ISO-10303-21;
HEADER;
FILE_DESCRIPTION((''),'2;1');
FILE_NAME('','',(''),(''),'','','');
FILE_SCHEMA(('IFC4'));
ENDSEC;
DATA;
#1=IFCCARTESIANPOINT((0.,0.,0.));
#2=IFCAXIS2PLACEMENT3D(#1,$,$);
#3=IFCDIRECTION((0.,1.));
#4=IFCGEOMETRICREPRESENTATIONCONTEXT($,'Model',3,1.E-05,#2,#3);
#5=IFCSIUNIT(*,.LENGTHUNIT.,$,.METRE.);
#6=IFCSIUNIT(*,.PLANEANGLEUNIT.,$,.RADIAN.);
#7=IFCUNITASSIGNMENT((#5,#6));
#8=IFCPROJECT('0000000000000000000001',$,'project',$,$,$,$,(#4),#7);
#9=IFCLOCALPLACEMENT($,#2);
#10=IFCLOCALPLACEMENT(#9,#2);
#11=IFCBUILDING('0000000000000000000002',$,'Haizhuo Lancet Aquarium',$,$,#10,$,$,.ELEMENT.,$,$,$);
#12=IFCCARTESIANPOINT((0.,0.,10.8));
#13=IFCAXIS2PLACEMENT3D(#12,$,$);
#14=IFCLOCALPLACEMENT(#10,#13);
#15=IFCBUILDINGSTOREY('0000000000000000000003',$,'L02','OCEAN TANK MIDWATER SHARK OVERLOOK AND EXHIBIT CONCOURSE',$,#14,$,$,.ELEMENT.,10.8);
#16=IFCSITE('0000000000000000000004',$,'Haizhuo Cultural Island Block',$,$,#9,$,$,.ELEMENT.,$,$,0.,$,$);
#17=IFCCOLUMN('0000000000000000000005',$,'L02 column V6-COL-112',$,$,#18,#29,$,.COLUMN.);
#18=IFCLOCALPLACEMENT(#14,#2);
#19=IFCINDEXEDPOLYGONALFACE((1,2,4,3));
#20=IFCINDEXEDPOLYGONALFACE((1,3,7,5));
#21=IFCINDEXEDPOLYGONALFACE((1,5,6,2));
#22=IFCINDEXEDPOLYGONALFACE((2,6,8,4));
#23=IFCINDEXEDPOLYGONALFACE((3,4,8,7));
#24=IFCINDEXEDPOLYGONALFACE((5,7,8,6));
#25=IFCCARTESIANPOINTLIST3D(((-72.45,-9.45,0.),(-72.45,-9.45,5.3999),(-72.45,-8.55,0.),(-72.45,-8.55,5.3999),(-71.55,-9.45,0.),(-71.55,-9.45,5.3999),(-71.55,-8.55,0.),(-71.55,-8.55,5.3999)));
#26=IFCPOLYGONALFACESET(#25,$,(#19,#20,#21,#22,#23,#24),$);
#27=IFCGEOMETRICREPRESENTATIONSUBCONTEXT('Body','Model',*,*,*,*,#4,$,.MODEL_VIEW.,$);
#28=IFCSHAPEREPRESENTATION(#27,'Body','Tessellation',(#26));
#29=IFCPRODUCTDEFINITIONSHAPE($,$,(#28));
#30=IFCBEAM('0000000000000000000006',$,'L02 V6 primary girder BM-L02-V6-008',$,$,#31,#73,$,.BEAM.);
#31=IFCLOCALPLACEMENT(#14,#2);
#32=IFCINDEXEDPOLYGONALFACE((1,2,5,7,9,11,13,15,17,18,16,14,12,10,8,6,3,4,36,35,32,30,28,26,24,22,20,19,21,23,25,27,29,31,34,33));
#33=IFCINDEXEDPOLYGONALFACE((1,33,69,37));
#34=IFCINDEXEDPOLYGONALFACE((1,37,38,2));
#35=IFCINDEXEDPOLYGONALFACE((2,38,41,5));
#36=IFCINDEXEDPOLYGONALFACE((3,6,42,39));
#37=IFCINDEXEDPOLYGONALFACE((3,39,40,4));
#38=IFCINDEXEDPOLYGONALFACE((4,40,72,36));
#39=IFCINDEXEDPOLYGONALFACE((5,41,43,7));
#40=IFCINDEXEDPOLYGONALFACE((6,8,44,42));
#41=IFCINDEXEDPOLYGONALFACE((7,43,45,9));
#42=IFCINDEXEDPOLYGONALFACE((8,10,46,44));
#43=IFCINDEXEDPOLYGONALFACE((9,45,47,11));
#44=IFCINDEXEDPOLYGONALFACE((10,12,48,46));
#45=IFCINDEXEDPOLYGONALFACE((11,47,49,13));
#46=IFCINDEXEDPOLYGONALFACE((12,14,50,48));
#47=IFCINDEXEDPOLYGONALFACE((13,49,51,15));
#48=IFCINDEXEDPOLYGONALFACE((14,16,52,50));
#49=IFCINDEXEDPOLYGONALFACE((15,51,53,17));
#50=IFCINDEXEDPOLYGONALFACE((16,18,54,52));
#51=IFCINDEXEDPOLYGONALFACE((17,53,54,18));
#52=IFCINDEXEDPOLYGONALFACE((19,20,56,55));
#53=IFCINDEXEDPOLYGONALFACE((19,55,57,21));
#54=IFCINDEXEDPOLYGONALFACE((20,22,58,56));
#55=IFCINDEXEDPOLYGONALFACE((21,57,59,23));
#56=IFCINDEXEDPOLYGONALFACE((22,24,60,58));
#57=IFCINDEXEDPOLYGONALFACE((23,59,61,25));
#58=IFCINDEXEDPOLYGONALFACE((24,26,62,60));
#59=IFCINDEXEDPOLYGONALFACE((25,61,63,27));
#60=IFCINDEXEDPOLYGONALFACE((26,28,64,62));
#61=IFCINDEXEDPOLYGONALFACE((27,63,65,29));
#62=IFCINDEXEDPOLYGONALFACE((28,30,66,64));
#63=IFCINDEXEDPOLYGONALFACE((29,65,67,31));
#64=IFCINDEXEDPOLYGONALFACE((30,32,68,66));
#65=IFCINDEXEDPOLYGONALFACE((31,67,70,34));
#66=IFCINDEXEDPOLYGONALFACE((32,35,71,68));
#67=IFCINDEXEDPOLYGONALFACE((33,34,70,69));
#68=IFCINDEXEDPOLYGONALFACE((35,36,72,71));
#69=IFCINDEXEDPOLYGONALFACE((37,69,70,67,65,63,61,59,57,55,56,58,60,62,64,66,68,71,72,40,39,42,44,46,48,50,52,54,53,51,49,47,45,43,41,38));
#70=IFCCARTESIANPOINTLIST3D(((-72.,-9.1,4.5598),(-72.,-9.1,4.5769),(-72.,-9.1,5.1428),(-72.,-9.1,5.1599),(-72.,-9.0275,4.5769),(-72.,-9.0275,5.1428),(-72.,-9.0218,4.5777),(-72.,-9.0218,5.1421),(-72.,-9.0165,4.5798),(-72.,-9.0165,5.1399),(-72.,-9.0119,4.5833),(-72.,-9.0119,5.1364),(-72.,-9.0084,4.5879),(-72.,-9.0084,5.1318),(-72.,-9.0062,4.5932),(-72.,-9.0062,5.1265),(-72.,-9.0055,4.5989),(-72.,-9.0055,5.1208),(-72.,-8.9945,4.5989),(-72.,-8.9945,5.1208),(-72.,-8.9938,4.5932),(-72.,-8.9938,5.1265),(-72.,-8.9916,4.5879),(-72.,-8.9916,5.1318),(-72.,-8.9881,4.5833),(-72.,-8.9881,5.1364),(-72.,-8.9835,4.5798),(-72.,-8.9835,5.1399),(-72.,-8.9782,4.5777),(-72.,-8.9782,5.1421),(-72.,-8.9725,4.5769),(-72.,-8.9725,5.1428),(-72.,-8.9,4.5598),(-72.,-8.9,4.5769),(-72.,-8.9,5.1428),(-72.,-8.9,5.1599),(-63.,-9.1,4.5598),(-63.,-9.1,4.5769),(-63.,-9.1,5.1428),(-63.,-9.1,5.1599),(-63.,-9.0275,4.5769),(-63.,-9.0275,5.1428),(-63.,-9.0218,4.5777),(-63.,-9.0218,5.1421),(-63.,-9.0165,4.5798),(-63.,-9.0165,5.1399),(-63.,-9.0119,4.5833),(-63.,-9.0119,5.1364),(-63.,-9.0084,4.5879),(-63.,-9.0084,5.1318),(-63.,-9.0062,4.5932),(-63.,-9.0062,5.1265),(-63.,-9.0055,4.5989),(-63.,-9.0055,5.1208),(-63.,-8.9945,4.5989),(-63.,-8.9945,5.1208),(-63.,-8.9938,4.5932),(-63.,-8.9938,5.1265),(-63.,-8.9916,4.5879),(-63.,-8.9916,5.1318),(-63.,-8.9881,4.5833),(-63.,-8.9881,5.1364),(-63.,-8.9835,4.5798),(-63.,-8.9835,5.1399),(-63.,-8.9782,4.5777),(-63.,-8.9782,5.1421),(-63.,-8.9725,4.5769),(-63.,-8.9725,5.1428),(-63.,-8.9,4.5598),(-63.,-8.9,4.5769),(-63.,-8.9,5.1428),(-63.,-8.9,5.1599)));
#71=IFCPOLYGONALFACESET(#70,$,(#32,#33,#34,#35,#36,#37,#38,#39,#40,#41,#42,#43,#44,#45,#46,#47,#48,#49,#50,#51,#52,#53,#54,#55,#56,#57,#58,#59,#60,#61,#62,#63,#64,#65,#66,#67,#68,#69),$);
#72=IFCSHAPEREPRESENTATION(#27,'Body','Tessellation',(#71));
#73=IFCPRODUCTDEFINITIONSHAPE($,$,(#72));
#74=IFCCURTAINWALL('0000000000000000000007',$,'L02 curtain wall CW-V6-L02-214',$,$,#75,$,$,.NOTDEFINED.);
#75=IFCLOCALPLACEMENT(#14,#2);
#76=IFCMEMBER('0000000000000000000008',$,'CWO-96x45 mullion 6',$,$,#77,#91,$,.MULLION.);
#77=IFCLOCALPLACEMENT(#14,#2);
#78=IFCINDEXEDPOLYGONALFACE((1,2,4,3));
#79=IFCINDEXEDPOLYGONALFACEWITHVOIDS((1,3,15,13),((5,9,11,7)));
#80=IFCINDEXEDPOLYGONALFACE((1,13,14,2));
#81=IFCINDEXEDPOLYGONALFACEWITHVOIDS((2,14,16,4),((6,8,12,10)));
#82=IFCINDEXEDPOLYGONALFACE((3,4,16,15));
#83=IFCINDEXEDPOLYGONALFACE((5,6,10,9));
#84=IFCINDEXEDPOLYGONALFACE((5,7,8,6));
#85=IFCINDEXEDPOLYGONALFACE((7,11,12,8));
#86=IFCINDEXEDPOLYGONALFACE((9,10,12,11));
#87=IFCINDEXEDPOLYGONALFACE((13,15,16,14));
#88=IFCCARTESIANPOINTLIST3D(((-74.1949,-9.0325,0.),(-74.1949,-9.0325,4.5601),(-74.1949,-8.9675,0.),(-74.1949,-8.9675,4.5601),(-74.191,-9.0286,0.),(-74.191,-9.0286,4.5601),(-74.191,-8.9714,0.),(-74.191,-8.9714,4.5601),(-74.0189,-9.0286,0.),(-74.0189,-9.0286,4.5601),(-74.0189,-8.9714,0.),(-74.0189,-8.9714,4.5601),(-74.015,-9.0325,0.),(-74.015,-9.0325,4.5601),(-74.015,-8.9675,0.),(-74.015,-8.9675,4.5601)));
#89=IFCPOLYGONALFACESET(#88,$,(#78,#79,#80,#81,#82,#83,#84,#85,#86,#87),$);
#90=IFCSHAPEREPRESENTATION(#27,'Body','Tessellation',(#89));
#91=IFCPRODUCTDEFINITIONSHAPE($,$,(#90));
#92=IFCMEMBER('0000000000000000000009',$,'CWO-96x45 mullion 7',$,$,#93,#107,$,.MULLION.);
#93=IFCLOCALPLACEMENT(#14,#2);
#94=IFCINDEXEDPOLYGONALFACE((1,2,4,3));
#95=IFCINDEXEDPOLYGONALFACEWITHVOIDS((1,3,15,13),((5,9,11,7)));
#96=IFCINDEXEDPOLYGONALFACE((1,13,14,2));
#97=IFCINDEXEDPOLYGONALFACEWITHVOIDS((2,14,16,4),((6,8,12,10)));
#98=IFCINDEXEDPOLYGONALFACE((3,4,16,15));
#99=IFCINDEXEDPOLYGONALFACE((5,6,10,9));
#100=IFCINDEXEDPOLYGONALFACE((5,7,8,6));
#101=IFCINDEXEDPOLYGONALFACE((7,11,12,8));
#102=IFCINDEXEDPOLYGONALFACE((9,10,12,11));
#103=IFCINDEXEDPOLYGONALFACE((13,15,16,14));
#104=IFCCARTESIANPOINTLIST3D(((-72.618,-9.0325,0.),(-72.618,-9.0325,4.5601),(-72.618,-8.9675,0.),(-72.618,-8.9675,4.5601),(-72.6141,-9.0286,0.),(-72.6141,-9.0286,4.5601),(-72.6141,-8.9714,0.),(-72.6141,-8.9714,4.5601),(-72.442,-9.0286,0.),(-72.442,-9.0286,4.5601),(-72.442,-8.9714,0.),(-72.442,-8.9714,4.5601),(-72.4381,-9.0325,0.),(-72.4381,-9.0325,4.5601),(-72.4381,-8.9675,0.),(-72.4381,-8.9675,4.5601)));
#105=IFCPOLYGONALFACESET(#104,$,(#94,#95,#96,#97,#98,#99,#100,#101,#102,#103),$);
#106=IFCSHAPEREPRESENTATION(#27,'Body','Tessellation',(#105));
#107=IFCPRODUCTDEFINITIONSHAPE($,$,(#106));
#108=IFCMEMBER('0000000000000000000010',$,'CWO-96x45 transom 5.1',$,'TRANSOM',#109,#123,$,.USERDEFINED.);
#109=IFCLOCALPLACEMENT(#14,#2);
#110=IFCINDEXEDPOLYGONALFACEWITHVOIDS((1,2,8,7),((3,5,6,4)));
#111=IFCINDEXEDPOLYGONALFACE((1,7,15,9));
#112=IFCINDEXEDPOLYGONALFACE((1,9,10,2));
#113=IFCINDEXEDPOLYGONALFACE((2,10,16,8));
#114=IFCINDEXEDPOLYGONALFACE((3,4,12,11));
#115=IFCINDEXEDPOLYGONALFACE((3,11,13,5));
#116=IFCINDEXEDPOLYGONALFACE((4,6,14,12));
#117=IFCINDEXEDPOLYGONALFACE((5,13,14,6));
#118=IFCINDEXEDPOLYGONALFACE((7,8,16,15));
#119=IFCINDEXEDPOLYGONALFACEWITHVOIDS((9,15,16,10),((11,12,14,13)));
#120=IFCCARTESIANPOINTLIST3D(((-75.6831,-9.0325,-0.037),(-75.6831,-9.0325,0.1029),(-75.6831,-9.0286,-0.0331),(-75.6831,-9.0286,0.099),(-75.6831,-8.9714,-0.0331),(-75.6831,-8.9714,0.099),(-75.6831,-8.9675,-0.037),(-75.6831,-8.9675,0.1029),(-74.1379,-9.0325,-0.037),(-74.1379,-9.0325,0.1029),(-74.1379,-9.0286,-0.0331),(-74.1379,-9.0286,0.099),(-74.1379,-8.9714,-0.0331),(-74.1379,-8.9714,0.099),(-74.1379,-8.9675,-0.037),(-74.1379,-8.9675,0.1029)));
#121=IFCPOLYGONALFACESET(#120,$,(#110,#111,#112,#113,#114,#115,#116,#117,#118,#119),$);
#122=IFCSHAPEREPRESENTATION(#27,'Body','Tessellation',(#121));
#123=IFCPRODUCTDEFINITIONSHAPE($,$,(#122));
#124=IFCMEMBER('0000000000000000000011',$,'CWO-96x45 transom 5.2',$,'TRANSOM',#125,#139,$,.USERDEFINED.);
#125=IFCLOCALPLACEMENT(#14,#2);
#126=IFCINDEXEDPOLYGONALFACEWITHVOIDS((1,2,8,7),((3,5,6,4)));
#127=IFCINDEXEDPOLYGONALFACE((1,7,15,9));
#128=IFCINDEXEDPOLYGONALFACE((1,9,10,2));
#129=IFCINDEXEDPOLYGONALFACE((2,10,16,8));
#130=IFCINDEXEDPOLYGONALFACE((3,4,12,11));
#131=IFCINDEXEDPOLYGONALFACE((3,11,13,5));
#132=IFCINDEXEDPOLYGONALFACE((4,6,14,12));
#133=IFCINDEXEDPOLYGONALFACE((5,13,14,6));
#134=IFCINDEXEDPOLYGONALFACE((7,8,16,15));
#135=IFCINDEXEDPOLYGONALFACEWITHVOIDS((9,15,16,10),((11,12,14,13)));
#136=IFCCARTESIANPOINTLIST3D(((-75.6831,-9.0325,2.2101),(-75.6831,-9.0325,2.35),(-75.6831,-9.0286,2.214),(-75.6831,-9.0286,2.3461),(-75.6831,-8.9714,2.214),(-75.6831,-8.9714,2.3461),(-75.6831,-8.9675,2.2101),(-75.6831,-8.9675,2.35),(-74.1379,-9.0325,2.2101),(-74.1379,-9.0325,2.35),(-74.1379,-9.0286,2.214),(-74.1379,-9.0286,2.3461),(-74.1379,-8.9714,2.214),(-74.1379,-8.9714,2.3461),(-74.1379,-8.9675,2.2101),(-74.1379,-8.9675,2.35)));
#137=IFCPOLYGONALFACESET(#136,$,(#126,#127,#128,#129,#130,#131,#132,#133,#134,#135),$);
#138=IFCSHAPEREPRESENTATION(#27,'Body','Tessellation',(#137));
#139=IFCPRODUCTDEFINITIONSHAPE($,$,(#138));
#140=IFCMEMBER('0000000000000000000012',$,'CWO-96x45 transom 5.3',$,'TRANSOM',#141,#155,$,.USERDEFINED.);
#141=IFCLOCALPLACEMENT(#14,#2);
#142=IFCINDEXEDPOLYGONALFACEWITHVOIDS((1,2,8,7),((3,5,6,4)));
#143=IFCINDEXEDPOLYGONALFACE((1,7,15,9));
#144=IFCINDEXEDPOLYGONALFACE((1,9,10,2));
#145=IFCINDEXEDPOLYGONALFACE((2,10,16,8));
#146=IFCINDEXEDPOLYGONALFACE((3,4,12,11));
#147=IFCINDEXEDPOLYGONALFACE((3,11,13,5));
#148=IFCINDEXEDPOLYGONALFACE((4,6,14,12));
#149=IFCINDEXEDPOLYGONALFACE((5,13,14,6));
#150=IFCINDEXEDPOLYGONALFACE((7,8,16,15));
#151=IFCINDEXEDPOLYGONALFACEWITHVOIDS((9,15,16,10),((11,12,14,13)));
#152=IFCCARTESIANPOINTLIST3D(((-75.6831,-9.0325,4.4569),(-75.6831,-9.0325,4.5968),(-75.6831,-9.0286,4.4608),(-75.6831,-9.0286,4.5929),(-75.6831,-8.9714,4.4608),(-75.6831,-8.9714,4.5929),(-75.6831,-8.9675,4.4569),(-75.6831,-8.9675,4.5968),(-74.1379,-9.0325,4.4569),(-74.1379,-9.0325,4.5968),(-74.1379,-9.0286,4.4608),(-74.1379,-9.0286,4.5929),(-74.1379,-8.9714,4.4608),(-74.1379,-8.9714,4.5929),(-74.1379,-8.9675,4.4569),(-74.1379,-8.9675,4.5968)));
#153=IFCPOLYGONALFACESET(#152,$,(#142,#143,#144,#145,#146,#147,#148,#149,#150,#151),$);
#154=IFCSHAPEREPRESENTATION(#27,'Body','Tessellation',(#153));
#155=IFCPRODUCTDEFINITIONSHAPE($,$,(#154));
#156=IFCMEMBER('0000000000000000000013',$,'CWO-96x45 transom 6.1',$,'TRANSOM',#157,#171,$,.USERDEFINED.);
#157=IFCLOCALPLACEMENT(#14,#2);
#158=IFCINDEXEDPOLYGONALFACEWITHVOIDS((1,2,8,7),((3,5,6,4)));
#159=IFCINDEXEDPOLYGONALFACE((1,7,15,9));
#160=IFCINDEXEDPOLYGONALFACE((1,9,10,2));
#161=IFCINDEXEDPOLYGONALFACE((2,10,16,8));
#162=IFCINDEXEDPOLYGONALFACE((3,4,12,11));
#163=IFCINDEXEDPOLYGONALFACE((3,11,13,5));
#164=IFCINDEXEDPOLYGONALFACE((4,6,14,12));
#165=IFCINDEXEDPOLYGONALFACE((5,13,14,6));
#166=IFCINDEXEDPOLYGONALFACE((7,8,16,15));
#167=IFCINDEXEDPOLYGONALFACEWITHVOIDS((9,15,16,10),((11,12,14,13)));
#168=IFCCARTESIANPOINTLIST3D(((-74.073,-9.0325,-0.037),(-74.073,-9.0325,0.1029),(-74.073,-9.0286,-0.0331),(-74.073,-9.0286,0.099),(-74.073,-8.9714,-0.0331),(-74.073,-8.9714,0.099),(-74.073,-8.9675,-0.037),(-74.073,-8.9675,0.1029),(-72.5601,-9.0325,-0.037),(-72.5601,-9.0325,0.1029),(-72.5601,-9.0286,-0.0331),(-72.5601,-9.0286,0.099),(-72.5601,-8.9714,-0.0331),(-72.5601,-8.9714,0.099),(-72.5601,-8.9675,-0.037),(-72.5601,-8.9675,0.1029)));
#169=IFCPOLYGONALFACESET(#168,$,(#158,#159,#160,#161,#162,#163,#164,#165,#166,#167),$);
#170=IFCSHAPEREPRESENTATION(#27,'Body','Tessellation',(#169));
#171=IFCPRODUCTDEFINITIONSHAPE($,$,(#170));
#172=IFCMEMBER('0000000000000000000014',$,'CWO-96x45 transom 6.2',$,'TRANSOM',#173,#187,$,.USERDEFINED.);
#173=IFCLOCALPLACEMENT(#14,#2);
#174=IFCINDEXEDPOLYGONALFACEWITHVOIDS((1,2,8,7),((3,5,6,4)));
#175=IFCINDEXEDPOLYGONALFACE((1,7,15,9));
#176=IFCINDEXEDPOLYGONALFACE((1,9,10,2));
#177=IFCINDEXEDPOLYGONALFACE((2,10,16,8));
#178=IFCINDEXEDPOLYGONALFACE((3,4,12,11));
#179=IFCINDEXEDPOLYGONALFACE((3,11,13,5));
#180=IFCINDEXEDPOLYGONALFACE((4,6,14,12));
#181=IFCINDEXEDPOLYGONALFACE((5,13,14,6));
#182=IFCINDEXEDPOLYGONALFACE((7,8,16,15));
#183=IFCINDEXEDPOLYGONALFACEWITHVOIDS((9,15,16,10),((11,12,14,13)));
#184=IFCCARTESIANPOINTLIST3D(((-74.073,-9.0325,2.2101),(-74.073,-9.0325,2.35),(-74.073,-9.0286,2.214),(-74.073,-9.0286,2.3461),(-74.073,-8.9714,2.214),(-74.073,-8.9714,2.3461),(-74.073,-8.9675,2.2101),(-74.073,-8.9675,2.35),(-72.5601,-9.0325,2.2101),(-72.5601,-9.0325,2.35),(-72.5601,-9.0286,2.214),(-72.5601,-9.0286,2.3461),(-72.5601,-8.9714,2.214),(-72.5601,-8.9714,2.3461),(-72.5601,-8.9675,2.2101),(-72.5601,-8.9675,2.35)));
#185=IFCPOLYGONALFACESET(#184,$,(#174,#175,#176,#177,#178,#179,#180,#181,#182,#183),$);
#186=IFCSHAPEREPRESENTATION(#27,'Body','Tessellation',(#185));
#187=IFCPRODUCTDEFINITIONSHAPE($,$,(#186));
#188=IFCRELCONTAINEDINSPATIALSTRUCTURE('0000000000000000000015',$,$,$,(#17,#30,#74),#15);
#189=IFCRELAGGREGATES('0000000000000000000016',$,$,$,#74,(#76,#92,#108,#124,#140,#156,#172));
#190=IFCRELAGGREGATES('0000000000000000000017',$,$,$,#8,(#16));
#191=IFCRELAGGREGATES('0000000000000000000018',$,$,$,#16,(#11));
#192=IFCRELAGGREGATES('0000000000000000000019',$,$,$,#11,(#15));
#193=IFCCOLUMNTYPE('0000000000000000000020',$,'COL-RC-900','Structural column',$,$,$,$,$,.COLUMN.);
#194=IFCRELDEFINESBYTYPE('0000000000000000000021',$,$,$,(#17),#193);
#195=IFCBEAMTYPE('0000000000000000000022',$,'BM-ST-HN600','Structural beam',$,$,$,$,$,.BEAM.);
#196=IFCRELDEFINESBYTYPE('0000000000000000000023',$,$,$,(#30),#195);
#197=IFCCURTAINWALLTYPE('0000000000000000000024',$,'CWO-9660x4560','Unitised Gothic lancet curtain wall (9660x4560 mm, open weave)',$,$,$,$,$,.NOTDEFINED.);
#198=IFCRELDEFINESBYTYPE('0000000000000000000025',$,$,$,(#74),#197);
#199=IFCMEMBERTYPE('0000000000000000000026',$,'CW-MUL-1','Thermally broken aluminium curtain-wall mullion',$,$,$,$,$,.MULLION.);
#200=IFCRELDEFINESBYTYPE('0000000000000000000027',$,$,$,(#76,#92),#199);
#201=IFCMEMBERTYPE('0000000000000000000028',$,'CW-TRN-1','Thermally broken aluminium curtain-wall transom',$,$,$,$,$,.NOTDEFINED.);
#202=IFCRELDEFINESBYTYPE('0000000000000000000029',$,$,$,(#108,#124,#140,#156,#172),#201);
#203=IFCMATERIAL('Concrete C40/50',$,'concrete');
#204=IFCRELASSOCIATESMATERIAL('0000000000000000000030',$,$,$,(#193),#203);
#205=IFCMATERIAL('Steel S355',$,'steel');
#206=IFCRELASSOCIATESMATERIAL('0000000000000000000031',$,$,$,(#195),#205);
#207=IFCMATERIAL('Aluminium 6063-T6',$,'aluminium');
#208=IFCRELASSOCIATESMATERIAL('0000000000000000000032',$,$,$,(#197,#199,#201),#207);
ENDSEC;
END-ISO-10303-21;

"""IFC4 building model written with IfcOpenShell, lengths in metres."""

from ifc_helpers import new_model, si_unit, direction, frame, origin, origin_2d, place, context, subcontext, project, spatial, rectangle, hollow_rectangle, i_section, extrude, material, material_profile, profile_set, type_object, element, aggregate, save


model = new_model("IFC4")

# Units and contexts
model_context = context("Model", 3, precision=1e-05, world=origin(), true_north=direction((0.0, 1.0)))
body_context = subcontext(model_context, "Body", "Model", "MODEL_VIEW")
ifc_project = project(units=[si_unit("LENGTHUNIT", "METRE"), si_unit("PLANEANGLEUNIT", "RADIAN")], contexts=[model_context])

# Site, building, storey
site_placement = place(None, origin())
site = spatial("IfcSite", under=ifc_project, at=site_placement, Name="Haizhuo Cultural Island Block", CompositionType="ELEMENT", RefElevation=0.0)
building_placement = place(site_placement, origin())
building = spatial("IfcBuilding", under=site, at=building_placement, Name="Haizhuo Lancet Aquarium", CompositionType="ELEMENT")
storey_placement = place(building_placement, frame((0.0, 0.0, 10.8)))
storey = spatial("IfcBuildingStorey", under=building, at=storey_placement, Name="L02", Description="OCEAN TANK MIDWATER SHARK OVERLOOK AND EXHIBIT CONCOURSE", CompositionType="ELEMENT", Elevation=10.8)

# Column
ifc_material_1 = material(Name="Concrete C40/50", Category="concrete")
ifc_material_profile_1 = material_profile(ifc_material_1, rectangle(XDim=0.8999, YDim=0.8999, at=origin_2d()), Name="RC-COL 900x900")
ifc_profile_set_1 = profile_set([ifc_material_profile_1], Name="Concrete C40/50")
column_type = type_object("IfcColumnType", Name="COL-RC-900", Description="Structural column", PredefinedType="COLUMN", material=ifc_profile_set_1)
column_placement = place(storey_placement, frame((-72.0, -9.0, 0.0), z_axis=(0.0, 0.0, 1.0), x_axis=(1.0, 0.0, 0.0)))
element("IfcColumn", 1, at=column_placement, inside=storey, type_object=column_type, Name="L02 column V6-COL-112", PredefinedType="COLUMN", context=body_context, shape_type="SweptSolid", body=[
    extrude(rectangle(XDim=0.8999, YDim=0.8999, at=origin_2d()), origin(), (0.0, 0.0, 1.0), 5.3999),
])

# Beam
ifc_material_2 = material(Name="Steel S355", Category="steel")
ifc_material_profile_2 = material_profile(ifc_material_2, i_section(OverallWidth=0.2, OverallDepth=0.6001, WebThickness=0.011, FlangeThickness=0.0171, FilletRadius=0.022, at=origin_2d()), Name="HN 600x200x11x17")
ifc_profile_set_2 = profile_set([ifc_material_profile_2], Name="Steel S355")
beam_type_1 = type_object("IfcBeamType", Name="BM-ST-HN600", Description="Structural beam", PredefinedType="BEAM", material=ifc_profile_set_2)
beam_1_placement = place(storey_placement, frame((-72.0, -9.0, 4.8599), z_axis=(1.0, 0.0, 0.0), x_axis=(0.0, 1.0, 0.0)))
element("IfcBeam", 2, at=beam_1_placement, inside=storey, type_object=beam_type_1, Name="L02 V6 primary girder BM-L02-V6-008", PredefinedType="BEAM", context=body_context, shape_type="SweptSolid", body=[
    extrude(i_section(OverallWidth=0.2, OverallDepth=0.6001, WebThickness=0.011, FlangeThickness=0.0171, FilletRadius=0.022, at=origin_2d()), origin(), (0.0, 0.0, 1.0), 9.0),
])

# Curtain wall, members
ifc_material_3 = material(Name="Aluminium 6063-T6", Category="aluminium")
curtain_wall_type = type_object("IfcCurtainWallType", Name="CWO-9660x4560", Description="Unitised Gothic lancet curtain wall (9660x4560 mm, open weave)", PredefinedType="NOTDEFINED", material=ifc_material_3)
curtain_wall_placement = place(storey_placement, origin())
curtain_wall = element("IfcCurtainWall", 3, at=curtain_wall_placement, inside=storey, type_object=curtain_wall_type, Name="L02 curtain wall CW-V6-L02-214", PredefinedType="NOTDEFINED")
ifc_material_profile_3 = material_profile(ifc_material_3, hollow_rectangle(XDim=0.0649, YDim=0.1799, WallThickness=0.0039, at=origin_2d()), Name="ALU-M 65x180x4")
ifc_profile_set_3 = profile_set([ifc_material_profile_3], Name="Aluminium 6063-T6")
member_type_1 = type_object("IfcMemberType", Name="CW-MUL-1", Description="Thermally broken aluminium curtain-wall mullion", PredefinedType="MULLION", material=ifc_profile_set_3)
member_1_placement = place(storey_placement, frame((-74.105, -9.0, 0.0), z_axis=(0.0, 0.0, 1.0), x_axis=(0.0, 1.0, 0.0)))
member_1 = element("IfcMember", 4, at=member_1_placement, type_object=member_type_1, Name="CWO-96x45 mullion 6", PredefinedType="MULLION", context=body_context, shape_type="SweptSolid", body=[
    extrude(hollow_rectangle(XDim=0.0649, YDim=0.1799, WallThickness=0.0039, at=origin_2d()), origin(), (0.0, 0.0, 1.0), 4.5601),
])
member_2_placement = place(storey_placement, frame((-72.5281, -9.0, 0.0), z_axis=(0.0, 0.0, 1.0), x_axis=(0.0, 1.0, 0.0)))
member_2 = element("IfcMember", 5, at=member_2_placement, type_object=member_type_1, Name="CWO-96x45 mullion 7", PredefinedType="MULLION", context=body_context, shape_type="SweptSolid", body=[
    extrude(hollow_rectangle(XDim=0.0649, YDim=0.1799, WallThickness=0.0039, at=origin_2d()), origin(), (0.0, 0.0, 1.0), 4.5601),
])
ifc_material_profile_4 = material_profile(ifc_material_3, hollow_rectangle(XDim=0.0649, YDim=0.1399, WallThickness=0.0039, at=origin_2d()), Name="ALU-T 65x140x4")
ifc_profile_set_4 = profile_set([ifc_material_profile_4], Name="Aluminium 6063-T6")
member_type_2 = type_object("IfcMemberType", Name="CW-TRN-1", Description="Thermally broken aluminium curtain-wall transom", PredefinedType="NOTDEFINED", material=ifc_profile_set_4)
member_3_placement = place(storey_placement, frame((-75.6831, -9.0, 0.033), z_axis=(1.0, 0.0, 0.0), x_axis=(0.0, 1.0, 0.0)))
member_3 = element("IfcMember", 6, at=member_3_placement, type_object=member_type_2, Name="CWO-96x45 transom 5.1", ObjectType="TRANSOM", PredefinedType="USERDEFINED", context=body_context, shape_type="SweptSolid", body=[
    extrude(hollow_rectangle(XDim=0.0649, YDim=0.1399, WallThickness=0.0039, at=origin_2d()), origin(), (0.0, 0.0, 1.0), 1.5452),
])
member_4_placement = place(storey_placement, frame((-75.6831, -9.0, 2.28), z_axis=(1.0, 0.0, 0.0), x_axis=(0.0, 1.0, 0.0)))
member_4 = element("IfcMember", 7, at=member_4_placement, type_object=member_type_2, Name="CWO-96x45 transom 5.2", ObjectType="TRANSOM", PredefinedType="USERDEFINED", context=body_context, shape_type="SweptSolid", body=[
    extrude(hollow_rectangle(XDim=0.0649, YDim=0.1399, WallThickness=0.0039, at=origin_2d()), origin(), (0.0, 0.0, 1.0), 1.5452),
])
member_5_placement = place(storey_placement, frame((-75.6831, -9.0, 4.5269), z_axis=(1.0, 0.0, 0.0), x_axis=(0.0, 1.0, 0.0)))
member_5 = element("IfcMember", 8, at=member_5_placement, type_object=member_type_2, Name="CWO-96x45 transom 5.3", ObjectType="TRANSOM", PredefinedType="USERDEFINED", context=body_context, shape_type="SweptSolid", body=[
    extrude(hollow_rectangle(XDim=0.0649, YDim=0.1399, WallThickness=0.0039, at=origin_2d()), origin(), (0.0, 0.0, 1.0), 1.5452),
])
member_6_placement = place(storey_placement, frame((-74.073, -9.0, 0.033), z_axis=(1.0, 0.0, 0.0), x_axis=(0.0, 1.0, 0.0)))
member_6 = element("IfcMember", 9, at=member_6_placement, type_object=member_type_2, Name="CWO-96x45 transom 6.1", ObjectType="TRANSOM", PredefinedType="USERDEFINED", context=body_context, shape_type="SweptSolid", body=[
    extrude(hollow_rectangle(XDim=0.0649, YDim=0.1399, WallThickness=0.0039, at=origin_2d()), origin(), (0.0, 0.0, 1.0), 1.5129),
])
member_7_placement = place(storey_placement, frame((-74.073, -9.0, 2.28), z_axis=(1.0, 0.0, 0.0), x_axis=(0.0, 1.0, 0.0)))
member_7 = element("IfcMember", 10, at=member_7_placement, type_object=member_type_2, Name="CWO-96x45 transom 6.2", ObjectType="TRANSOM", PredefinedType="USERDEFINED", context=body_context, shape_type="SweptSolid", body=[
    extrude(hollow_rectangle(XDim=0.0649, YDim=0.1399, WallThickness=0.0039, at=origin_2d()), origin(), (0.0, 0.0, 1.0), 1.5129),
])

aggregate(curtain_wall, [member_1, member_2, member_3, member_4, member_5, member_6, member_7])

save(model, "model.ifc")
